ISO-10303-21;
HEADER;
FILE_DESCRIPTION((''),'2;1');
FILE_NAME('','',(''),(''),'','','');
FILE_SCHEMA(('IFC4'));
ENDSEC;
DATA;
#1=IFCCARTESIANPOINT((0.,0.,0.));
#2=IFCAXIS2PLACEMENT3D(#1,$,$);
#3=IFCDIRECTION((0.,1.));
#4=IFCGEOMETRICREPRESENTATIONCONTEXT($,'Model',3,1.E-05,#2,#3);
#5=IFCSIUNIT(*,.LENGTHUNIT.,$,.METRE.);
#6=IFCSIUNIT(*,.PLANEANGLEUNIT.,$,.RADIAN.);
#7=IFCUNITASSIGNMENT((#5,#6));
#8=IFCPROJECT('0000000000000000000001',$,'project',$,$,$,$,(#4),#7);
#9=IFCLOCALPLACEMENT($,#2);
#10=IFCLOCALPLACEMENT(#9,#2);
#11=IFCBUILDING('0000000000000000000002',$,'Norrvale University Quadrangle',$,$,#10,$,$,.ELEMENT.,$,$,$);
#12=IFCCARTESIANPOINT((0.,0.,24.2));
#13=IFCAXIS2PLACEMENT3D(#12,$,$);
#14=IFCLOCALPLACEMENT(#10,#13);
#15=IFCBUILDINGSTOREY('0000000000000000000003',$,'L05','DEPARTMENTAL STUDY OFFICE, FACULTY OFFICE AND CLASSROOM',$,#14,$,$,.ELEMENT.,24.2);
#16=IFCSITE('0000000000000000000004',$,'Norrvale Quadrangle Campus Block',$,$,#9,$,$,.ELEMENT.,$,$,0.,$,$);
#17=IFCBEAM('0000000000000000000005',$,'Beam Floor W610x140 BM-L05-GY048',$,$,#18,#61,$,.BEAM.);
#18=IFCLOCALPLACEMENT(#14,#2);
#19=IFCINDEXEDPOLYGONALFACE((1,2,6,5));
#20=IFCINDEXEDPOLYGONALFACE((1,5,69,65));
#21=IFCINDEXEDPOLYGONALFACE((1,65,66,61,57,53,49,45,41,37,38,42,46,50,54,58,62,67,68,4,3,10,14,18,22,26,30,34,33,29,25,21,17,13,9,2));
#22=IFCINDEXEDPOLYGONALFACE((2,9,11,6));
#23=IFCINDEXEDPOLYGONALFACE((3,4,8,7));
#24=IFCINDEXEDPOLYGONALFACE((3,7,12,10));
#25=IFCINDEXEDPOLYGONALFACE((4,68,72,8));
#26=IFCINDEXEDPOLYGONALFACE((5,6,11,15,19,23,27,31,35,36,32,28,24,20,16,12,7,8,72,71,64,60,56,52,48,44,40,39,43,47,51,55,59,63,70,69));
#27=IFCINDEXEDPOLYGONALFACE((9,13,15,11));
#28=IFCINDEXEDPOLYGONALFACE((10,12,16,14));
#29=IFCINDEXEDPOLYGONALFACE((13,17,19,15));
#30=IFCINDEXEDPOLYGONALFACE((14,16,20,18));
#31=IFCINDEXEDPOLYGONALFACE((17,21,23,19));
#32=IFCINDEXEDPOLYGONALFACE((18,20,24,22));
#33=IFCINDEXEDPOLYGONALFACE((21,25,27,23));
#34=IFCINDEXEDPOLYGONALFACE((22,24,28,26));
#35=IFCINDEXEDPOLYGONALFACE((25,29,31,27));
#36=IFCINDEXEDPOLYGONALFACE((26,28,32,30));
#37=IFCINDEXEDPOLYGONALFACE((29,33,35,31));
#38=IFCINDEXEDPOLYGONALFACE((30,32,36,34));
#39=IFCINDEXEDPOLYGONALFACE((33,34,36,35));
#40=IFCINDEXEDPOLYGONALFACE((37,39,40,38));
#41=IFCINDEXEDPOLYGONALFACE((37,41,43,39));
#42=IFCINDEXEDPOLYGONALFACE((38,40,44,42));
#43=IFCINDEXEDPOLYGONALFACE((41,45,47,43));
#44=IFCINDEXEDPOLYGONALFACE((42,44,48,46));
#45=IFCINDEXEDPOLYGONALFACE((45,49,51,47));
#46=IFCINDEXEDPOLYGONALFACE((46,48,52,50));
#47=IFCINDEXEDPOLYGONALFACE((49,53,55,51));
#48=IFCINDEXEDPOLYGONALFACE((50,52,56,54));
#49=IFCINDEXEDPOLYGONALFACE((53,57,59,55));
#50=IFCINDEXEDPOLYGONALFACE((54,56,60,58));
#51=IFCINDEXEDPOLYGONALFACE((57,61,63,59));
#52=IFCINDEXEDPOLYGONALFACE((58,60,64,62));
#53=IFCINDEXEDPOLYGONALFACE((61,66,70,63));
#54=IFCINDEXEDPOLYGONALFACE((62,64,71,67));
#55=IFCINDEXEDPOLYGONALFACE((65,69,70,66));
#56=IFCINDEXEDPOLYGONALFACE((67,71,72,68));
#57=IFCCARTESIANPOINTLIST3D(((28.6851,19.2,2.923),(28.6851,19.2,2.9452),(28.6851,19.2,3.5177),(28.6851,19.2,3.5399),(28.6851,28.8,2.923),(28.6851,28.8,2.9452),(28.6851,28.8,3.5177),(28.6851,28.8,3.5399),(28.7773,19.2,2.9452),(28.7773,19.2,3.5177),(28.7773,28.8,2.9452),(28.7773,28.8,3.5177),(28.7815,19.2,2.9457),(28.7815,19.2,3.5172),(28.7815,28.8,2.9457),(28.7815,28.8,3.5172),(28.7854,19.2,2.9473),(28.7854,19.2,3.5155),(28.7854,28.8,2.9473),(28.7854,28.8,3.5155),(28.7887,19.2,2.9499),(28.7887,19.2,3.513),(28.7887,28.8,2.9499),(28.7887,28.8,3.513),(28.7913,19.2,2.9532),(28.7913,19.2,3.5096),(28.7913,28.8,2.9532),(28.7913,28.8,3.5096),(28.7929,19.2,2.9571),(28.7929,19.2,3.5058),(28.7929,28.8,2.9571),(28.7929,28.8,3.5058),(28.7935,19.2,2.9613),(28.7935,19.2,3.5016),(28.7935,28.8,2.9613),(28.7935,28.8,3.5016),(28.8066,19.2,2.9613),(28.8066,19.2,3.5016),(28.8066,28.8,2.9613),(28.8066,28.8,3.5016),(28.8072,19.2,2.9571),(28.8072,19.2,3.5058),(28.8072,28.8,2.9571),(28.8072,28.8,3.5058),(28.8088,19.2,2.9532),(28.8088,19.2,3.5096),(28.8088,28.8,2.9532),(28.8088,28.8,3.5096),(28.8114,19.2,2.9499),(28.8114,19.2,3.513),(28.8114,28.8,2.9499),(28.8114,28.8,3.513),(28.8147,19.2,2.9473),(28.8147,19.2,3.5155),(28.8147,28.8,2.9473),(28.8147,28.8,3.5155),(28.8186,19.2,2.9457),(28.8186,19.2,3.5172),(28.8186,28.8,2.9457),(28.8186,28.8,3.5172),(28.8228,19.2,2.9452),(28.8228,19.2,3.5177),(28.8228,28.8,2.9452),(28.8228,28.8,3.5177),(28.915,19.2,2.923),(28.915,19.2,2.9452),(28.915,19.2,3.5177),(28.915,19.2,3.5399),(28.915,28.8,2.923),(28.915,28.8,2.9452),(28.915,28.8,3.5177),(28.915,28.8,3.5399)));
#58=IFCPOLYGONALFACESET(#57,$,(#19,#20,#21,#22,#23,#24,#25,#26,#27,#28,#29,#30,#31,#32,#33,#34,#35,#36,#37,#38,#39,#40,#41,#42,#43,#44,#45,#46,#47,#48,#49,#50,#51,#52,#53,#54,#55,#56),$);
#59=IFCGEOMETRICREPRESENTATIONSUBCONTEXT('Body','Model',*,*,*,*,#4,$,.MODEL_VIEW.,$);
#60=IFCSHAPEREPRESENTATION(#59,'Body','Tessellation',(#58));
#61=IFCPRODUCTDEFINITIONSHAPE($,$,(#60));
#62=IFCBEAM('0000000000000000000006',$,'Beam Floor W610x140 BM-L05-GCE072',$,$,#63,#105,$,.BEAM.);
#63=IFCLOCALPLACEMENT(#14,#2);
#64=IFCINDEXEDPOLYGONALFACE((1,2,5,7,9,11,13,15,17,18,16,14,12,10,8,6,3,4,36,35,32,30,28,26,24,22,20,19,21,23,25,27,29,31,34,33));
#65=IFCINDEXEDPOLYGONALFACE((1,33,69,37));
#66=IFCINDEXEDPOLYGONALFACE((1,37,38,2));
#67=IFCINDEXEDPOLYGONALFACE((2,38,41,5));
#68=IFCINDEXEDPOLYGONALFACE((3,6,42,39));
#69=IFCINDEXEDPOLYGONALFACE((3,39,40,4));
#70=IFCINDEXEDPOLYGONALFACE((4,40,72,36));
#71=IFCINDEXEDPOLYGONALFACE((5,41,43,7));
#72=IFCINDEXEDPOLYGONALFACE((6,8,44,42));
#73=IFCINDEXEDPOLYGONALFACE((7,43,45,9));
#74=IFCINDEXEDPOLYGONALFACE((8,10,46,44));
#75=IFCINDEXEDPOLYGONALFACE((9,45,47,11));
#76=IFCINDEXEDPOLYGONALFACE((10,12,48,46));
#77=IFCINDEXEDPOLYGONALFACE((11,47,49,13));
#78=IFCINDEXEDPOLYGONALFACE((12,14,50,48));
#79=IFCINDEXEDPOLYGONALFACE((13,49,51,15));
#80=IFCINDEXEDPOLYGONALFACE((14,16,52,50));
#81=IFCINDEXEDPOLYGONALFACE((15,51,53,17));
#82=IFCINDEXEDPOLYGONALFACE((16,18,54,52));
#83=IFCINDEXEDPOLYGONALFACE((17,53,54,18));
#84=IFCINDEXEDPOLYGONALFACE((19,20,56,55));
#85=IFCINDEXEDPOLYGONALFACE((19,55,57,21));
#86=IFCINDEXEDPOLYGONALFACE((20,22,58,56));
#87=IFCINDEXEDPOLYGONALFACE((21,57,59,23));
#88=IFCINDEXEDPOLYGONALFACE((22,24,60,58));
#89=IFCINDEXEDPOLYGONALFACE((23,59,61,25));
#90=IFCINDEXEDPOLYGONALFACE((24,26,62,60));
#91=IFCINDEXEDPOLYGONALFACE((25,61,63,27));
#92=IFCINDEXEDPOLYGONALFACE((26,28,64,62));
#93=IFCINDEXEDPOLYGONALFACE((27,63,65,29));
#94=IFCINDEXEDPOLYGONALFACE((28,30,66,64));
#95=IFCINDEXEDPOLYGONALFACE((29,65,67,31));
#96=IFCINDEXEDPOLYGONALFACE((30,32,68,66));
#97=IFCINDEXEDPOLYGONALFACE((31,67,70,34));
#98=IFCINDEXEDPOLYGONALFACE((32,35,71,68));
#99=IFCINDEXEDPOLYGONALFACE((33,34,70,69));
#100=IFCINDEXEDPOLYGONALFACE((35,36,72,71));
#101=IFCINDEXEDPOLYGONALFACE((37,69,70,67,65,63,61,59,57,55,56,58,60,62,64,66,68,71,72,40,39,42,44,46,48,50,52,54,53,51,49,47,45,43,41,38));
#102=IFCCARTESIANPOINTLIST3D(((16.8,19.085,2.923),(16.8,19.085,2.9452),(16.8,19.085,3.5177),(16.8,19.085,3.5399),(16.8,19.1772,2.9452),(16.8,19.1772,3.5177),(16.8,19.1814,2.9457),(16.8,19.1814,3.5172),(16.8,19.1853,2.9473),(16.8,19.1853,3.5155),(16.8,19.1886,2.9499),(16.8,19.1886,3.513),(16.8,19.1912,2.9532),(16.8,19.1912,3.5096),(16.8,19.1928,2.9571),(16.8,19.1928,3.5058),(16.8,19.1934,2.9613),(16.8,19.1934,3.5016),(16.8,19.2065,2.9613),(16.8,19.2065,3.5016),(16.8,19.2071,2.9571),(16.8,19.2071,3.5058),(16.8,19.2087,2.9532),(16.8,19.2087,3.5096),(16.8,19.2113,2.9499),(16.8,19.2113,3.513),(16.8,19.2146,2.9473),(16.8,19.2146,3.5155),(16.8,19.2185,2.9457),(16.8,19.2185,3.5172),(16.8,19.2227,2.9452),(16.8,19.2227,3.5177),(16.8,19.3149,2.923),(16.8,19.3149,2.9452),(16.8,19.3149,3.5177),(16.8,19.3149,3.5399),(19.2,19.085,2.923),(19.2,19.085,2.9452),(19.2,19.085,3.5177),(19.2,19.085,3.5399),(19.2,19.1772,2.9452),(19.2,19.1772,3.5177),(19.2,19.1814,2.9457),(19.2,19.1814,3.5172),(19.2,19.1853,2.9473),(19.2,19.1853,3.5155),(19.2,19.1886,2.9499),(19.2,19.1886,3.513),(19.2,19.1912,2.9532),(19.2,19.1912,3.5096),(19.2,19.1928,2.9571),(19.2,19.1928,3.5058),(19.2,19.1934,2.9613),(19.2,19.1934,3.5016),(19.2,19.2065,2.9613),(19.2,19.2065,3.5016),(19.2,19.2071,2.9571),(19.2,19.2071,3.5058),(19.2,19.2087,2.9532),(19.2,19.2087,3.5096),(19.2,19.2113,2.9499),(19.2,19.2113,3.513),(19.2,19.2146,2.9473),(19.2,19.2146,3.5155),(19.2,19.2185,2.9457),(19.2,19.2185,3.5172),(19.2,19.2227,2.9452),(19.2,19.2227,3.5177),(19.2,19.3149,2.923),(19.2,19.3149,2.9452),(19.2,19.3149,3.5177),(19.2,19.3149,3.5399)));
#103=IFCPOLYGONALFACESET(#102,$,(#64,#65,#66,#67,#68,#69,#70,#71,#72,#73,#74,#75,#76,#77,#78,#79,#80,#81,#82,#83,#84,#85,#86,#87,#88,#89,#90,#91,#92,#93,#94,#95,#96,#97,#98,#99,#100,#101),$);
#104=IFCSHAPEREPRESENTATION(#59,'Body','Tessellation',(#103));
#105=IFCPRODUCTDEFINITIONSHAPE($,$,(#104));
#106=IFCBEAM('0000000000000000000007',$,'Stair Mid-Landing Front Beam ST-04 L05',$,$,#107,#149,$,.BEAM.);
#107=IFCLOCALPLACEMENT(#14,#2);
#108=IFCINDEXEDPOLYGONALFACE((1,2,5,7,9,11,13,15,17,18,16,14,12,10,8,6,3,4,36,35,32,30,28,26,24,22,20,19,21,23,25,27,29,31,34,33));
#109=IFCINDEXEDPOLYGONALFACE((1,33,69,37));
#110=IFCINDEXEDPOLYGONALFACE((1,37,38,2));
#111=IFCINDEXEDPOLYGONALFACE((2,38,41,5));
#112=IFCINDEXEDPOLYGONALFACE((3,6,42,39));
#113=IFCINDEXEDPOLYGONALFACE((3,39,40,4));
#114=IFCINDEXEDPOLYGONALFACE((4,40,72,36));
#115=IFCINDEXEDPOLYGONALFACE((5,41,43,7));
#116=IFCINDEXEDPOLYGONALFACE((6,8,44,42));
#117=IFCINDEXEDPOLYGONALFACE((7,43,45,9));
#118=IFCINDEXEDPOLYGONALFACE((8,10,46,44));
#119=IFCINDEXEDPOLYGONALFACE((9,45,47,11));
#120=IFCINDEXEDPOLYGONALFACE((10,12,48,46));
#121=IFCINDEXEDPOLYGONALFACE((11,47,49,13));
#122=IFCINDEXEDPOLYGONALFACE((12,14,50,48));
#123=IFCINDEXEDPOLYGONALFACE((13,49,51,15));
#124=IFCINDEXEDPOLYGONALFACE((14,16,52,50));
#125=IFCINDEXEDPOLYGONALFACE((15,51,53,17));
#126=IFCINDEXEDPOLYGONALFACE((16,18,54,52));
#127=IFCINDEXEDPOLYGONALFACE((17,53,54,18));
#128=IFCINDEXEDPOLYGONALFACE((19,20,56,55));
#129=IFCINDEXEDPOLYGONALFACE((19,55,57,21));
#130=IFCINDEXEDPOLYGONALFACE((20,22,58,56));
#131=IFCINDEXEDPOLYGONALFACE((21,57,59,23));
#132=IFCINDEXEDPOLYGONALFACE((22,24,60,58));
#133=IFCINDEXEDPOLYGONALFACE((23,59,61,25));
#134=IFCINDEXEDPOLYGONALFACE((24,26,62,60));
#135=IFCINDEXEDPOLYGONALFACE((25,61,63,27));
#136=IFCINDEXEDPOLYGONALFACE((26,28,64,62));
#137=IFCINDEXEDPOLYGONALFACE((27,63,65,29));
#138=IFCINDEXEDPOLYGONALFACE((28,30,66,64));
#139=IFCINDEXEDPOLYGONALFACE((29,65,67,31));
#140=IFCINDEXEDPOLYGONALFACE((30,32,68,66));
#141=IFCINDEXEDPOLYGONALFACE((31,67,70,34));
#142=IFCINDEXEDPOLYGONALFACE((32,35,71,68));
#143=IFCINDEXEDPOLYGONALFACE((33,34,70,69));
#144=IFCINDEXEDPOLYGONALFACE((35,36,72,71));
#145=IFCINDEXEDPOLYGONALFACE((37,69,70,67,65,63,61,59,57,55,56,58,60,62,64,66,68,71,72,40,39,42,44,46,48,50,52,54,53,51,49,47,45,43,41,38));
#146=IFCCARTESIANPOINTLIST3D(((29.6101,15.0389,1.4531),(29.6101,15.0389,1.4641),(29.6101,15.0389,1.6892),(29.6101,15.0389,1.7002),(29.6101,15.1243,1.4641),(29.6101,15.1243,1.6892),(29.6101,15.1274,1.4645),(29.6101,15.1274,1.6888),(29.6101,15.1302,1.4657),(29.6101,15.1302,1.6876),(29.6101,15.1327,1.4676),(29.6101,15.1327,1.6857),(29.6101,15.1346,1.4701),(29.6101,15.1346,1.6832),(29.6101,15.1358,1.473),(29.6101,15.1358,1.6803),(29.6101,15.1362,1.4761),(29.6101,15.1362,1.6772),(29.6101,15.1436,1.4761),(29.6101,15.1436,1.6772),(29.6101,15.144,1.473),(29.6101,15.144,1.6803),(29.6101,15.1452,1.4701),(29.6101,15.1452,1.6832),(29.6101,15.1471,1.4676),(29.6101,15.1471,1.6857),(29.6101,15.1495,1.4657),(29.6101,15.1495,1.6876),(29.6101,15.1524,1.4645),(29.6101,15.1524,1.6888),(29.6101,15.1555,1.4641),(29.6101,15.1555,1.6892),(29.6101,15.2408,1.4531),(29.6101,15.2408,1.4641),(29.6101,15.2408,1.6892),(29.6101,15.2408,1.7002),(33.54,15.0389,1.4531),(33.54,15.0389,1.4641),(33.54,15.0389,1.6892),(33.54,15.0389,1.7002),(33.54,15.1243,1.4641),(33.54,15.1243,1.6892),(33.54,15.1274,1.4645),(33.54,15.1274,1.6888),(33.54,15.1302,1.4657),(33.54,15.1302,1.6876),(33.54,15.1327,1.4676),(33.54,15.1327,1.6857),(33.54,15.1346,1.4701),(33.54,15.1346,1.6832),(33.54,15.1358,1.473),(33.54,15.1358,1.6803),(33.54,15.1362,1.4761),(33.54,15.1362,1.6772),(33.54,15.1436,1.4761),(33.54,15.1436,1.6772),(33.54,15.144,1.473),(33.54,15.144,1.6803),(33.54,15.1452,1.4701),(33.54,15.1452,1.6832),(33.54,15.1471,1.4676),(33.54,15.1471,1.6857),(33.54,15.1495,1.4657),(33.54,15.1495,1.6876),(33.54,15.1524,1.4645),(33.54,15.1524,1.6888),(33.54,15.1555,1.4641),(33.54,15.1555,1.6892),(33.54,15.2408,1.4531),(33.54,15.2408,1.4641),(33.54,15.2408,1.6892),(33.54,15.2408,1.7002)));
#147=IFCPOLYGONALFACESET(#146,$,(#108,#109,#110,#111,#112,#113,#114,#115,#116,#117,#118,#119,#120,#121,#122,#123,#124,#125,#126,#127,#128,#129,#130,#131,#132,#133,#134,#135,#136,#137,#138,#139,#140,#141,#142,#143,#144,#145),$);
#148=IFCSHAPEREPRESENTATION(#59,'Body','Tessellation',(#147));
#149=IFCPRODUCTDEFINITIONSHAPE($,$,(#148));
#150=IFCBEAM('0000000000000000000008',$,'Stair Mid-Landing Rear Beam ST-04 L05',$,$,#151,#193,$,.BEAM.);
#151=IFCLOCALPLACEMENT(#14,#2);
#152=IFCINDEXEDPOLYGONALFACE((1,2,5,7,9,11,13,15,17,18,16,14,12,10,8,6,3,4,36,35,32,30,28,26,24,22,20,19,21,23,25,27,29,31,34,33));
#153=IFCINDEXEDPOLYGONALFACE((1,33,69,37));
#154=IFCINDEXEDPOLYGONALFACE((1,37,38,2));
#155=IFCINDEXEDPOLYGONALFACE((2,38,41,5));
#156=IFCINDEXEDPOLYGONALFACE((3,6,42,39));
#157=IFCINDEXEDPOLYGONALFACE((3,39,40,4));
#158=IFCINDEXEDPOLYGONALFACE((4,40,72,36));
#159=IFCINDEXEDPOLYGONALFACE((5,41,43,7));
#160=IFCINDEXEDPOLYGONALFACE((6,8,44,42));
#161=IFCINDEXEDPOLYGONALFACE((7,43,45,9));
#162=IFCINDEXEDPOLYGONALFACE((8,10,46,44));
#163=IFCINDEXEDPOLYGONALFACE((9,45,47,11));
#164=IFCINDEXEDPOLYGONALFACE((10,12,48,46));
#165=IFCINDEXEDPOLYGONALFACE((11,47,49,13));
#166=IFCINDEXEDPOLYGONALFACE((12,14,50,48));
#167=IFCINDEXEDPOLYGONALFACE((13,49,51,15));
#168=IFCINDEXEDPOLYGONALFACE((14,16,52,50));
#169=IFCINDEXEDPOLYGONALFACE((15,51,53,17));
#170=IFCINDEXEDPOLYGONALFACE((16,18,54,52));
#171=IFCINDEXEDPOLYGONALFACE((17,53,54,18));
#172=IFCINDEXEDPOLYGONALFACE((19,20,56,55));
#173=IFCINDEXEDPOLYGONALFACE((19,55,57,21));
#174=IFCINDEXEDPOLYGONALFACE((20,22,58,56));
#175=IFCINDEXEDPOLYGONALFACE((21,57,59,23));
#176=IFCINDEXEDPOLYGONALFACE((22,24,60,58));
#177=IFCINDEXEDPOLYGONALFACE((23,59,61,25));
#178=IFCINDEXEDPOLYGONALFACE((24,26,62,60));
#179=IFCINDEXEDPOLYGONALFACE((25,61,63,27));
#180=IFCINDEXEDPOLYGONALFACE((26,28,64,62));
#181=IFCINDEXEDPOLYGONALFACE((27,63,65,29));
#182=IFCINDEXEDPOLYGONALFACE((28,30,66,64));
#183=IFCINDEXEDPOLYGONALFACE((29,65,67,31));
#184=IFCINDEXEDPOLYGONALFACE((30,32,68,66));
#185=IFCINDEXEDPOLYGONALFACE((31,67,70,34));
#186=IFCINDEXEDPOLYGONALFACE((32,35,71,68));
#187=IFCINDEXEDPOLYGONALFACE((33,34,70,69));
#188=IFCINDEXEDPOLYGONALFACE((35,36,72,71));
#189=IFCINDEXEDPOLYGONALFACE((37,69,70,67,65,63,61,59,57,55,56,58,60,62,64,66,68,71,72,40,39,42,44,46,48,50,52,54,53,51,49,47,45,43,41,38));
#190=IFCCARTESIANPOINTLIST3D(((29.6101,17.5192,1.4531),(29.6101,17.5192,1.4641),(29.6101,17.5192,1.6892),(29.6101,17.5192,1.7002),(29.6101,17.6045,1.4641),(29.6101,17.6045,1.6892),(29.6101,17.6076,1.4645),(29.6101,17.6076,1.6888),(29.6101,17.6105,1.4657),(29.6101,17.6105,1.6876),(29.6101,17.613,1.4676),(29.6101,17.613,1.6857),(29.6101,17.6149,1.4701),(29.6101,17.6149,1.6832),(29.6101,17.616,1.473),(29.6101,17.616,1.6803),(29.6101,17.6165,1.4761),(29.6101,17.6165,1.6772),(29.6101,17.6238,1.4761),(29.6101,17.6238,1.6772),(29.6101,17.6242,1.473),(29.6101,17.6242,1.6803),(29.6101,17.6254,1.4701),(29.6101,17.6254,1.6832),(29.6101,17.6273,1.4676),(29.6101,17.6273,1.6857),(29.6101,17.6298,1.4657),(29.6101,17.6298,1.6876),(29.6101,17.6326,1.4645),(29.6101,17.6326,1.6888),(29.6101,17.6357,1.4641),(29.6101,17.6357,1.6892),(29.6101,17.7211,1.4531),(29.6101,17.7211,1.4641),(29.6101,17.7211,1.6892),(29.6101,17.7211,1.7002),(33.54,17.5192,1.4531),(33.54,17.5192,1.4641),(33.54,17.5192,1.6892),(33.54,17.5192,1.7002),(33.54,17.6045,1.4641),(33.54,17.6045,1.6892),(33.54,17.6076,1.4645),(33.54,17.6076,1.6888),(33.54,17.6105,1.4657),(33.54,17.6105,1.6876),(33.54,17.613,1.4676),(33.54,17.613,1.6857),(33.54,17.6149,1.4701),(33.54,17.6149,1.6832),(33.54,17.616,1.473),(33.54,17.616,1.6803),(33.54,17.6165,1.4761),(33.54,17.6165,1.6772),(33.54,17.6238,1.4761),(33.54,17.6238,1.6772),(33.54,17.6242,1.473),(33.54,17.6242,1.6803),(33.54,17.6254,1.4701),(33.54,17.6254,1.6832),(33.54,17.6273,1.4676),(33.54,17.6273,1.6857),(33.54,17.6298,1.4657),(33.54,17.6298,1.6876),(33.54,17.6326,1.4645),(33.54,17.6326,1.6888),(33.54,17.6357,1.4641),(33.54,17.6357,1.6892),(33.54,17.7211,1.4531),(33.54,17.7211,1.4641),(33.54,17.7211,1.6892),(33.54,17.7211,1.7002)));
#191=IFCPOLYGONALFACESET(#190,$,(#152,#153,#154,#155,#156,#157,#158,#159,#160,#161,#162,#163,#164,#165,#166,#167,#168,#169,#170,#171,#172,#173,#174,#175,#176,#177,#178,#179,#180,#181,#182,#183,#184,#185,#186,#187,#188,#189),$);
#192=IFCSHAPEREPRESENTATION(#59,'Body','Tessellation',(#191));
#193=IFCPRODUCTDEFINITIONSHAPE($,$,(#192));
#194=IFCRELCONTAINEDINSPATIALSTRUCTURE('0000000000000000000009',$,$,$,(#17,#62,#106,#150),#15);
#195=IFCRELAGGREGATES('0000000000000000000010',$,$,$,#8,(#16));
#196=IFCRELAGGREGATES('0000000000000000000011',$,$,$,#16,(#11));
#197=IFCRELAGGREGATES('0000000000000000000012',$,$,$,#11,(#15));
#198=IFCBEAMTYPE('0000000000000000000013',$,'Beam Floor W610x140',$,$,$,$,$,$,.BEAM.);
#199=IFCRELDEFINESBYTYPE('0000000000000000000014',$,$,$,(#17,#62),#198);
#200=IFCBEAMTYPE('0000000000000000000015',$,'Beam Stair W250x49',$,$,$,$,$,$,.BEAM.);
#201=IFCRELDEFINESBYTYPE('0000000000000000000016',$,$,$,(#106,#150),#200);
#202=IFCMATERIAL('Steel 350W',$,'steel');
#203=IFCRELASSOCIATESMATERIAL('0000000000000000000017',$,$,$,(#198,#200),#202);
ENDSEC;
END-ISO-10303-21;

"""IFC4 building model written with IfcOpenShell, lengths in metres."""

from ifc_helpers import new_model, si_unit, direction, frame, origin, origin_2d, place, context, subcontext, project, spatial, i_section, extrude, material, material_profile, profile_set, type_object, element, save


model = new_model("IFC4")

# Units and contexts
model_context = context("Model", 3, precision=1e-05, world=origin(), true_north=direction((0.0, 1.0)))
body_context = subcontext(model_context, "Body", "Model", "MODEL_VIEW")
ifc_project = project(units=[si_unit("LENGTHUNIT", "METRE"), si_unit("PLANEANGLEUNIT", "RADIAN")], contexts=[model_context])

# Site, building, storey
site_placement = place(None, origin())
site = spatial("IfcSite", under=ifc_project, at=site_placement, Name="Norrvale Quadrangle Campus Block", CompositionType="ELEMENT", RefElevation=0.0)
building_placement = place(site_placement, origin())
building = spatial("IfcBuilding", under=site, at=building_placement, Name="Norrvale University Quadrangle", CompositionType="ELEMENT")
storey_placement = place(building_placement, frame((0.0, 0.0, 24.2)))
storey = spatial("IfcBuildingStorey", under=building, at=storey_placement, Name="L05", Description="DEPARTMENTAL STUDY OFFICE, FACULTY OFFICE AND CLASSROOM", CompositionType="ELEMENT", Elevation=24.2)

# Beams
ifc_material_1 = material(Name="Steel 350W", Category="steel")
ifc_material_profile_1 = material_profile(ifc_material_1, i_section(OverallWidth=0.23, OverallDepth=0.6169, WebThickness=0.0132, FlangeThickness=0.0222, FilletRadius=0.0161, at=origin_2d()), Name="Steel 350W")
ifc_profile_set_1 = profile_set([ifc_material_profile_1], Name="Steel 350W")
beam_type_1 = type_object("IfcBeamType", Name="Beam Floor W610x140", PredefinedType="BEAM", material=ifc_profile_set_1)
for number, where, z_axis, x_axis, name in (
    (1, (28.8, 19.2, 3.2314), (0.0, 1.0, 0.0), (-1.0, 0.0, 0.0), "Beam Floor W610x140 BM-L05-GY048"),
):
    element("IfcBeam", number, at=place(storey_placement, frame(where, z_axis=z_axis, x_axis=x_axis)), inside=storey, type_object=beam_type_1, Name=name, PredefinedType="BEAM", context=body_context, shape_type="SweptSolid", body=[
        extrude(i_section(OverallWidth=0.23, OverallDepth=0.6169, WebThickness=0.0132, FlangeThickness=0.0222, FilletRadius=0.0161, at=origin_2d()), origin(), (0.0, 0.0, 1.0), 9.6001),
    ])
beam_1_placement = place(storey_placement, frame((16.8, 19.2, 3.2314), z_axis=(1.0, 0.0, 0.0), x_axis=(0.0, 1.0, 0.0)))
element("IfcBeam", 2, at=beam_1_placement, inside=storey, type_object=beam_type_1, Name="Beam Floor W610x140 BM-L05-GCE072", PredefinedType="BEAM", context=body_context, shape_type="SweptSolid", body=[
    extrude(i_section(OverallWidth=0.23, OverallDepth=0.6169, WebThickness=0.0132, FlangeThickness=0.0222, FilletRadius=0.0161, at=origin_2d()), origin(), (0.0, 0.0, 1.0), 2.3999),
])
ifc_material_profile_2 = material_profile(ifc_material_1, i_section(OverallWidth=0.2019, OverallDepth=0.2471, WebThickness=0.0073, FlangeThickness=0.011, FilletRadius=0.012, at=origin_2d()), Name="Steel 350W")
ifc_profile_set_2 = profile_set([ifc_material_profile_2], Name="Steel 350W")
beam_type_2 = type_object("IfcBeamType", Name="Beam Stair W250x49", PredefinedType="BEAM", material=ifc_profile_set_2)
for number, where, z_axis, x_axis, name in (
    (3, (29.6101, 15.1399, 1.5767), (1.0, 0.0, 0.0), (0.0, 1.0, 0.0), "Stair Mid-Landing Front Beam ST-04 L05"),
    (4, (29.6101, 17.6201, 1.5767), (1.0, 0.0, 0.0), (0.0, 1.0, 0.0), "Stair Mid-Landing Rear Beam ST-04 L05"),
):
    element("IfcBeam", number, at=place(storey_placement, frame(where, z_axis=z_axis, x_axis=x_axis)), inside=storey, type_object=beam_type_2, Name=name, PredefinedType="BEAM", context=body_context, shape_type="SweptSolid", body=[
        extrude(i_section(OverallWidth=0.2019, OverallDepth=0.2471, WebThickness=0.0073, FlangeThickness=0.011, FilletRadius=0.012, at=origin_2d()), origin(), (0.0, 0.0, 1.0), 3.9299),
    ])

save(model, "model.ifc")
